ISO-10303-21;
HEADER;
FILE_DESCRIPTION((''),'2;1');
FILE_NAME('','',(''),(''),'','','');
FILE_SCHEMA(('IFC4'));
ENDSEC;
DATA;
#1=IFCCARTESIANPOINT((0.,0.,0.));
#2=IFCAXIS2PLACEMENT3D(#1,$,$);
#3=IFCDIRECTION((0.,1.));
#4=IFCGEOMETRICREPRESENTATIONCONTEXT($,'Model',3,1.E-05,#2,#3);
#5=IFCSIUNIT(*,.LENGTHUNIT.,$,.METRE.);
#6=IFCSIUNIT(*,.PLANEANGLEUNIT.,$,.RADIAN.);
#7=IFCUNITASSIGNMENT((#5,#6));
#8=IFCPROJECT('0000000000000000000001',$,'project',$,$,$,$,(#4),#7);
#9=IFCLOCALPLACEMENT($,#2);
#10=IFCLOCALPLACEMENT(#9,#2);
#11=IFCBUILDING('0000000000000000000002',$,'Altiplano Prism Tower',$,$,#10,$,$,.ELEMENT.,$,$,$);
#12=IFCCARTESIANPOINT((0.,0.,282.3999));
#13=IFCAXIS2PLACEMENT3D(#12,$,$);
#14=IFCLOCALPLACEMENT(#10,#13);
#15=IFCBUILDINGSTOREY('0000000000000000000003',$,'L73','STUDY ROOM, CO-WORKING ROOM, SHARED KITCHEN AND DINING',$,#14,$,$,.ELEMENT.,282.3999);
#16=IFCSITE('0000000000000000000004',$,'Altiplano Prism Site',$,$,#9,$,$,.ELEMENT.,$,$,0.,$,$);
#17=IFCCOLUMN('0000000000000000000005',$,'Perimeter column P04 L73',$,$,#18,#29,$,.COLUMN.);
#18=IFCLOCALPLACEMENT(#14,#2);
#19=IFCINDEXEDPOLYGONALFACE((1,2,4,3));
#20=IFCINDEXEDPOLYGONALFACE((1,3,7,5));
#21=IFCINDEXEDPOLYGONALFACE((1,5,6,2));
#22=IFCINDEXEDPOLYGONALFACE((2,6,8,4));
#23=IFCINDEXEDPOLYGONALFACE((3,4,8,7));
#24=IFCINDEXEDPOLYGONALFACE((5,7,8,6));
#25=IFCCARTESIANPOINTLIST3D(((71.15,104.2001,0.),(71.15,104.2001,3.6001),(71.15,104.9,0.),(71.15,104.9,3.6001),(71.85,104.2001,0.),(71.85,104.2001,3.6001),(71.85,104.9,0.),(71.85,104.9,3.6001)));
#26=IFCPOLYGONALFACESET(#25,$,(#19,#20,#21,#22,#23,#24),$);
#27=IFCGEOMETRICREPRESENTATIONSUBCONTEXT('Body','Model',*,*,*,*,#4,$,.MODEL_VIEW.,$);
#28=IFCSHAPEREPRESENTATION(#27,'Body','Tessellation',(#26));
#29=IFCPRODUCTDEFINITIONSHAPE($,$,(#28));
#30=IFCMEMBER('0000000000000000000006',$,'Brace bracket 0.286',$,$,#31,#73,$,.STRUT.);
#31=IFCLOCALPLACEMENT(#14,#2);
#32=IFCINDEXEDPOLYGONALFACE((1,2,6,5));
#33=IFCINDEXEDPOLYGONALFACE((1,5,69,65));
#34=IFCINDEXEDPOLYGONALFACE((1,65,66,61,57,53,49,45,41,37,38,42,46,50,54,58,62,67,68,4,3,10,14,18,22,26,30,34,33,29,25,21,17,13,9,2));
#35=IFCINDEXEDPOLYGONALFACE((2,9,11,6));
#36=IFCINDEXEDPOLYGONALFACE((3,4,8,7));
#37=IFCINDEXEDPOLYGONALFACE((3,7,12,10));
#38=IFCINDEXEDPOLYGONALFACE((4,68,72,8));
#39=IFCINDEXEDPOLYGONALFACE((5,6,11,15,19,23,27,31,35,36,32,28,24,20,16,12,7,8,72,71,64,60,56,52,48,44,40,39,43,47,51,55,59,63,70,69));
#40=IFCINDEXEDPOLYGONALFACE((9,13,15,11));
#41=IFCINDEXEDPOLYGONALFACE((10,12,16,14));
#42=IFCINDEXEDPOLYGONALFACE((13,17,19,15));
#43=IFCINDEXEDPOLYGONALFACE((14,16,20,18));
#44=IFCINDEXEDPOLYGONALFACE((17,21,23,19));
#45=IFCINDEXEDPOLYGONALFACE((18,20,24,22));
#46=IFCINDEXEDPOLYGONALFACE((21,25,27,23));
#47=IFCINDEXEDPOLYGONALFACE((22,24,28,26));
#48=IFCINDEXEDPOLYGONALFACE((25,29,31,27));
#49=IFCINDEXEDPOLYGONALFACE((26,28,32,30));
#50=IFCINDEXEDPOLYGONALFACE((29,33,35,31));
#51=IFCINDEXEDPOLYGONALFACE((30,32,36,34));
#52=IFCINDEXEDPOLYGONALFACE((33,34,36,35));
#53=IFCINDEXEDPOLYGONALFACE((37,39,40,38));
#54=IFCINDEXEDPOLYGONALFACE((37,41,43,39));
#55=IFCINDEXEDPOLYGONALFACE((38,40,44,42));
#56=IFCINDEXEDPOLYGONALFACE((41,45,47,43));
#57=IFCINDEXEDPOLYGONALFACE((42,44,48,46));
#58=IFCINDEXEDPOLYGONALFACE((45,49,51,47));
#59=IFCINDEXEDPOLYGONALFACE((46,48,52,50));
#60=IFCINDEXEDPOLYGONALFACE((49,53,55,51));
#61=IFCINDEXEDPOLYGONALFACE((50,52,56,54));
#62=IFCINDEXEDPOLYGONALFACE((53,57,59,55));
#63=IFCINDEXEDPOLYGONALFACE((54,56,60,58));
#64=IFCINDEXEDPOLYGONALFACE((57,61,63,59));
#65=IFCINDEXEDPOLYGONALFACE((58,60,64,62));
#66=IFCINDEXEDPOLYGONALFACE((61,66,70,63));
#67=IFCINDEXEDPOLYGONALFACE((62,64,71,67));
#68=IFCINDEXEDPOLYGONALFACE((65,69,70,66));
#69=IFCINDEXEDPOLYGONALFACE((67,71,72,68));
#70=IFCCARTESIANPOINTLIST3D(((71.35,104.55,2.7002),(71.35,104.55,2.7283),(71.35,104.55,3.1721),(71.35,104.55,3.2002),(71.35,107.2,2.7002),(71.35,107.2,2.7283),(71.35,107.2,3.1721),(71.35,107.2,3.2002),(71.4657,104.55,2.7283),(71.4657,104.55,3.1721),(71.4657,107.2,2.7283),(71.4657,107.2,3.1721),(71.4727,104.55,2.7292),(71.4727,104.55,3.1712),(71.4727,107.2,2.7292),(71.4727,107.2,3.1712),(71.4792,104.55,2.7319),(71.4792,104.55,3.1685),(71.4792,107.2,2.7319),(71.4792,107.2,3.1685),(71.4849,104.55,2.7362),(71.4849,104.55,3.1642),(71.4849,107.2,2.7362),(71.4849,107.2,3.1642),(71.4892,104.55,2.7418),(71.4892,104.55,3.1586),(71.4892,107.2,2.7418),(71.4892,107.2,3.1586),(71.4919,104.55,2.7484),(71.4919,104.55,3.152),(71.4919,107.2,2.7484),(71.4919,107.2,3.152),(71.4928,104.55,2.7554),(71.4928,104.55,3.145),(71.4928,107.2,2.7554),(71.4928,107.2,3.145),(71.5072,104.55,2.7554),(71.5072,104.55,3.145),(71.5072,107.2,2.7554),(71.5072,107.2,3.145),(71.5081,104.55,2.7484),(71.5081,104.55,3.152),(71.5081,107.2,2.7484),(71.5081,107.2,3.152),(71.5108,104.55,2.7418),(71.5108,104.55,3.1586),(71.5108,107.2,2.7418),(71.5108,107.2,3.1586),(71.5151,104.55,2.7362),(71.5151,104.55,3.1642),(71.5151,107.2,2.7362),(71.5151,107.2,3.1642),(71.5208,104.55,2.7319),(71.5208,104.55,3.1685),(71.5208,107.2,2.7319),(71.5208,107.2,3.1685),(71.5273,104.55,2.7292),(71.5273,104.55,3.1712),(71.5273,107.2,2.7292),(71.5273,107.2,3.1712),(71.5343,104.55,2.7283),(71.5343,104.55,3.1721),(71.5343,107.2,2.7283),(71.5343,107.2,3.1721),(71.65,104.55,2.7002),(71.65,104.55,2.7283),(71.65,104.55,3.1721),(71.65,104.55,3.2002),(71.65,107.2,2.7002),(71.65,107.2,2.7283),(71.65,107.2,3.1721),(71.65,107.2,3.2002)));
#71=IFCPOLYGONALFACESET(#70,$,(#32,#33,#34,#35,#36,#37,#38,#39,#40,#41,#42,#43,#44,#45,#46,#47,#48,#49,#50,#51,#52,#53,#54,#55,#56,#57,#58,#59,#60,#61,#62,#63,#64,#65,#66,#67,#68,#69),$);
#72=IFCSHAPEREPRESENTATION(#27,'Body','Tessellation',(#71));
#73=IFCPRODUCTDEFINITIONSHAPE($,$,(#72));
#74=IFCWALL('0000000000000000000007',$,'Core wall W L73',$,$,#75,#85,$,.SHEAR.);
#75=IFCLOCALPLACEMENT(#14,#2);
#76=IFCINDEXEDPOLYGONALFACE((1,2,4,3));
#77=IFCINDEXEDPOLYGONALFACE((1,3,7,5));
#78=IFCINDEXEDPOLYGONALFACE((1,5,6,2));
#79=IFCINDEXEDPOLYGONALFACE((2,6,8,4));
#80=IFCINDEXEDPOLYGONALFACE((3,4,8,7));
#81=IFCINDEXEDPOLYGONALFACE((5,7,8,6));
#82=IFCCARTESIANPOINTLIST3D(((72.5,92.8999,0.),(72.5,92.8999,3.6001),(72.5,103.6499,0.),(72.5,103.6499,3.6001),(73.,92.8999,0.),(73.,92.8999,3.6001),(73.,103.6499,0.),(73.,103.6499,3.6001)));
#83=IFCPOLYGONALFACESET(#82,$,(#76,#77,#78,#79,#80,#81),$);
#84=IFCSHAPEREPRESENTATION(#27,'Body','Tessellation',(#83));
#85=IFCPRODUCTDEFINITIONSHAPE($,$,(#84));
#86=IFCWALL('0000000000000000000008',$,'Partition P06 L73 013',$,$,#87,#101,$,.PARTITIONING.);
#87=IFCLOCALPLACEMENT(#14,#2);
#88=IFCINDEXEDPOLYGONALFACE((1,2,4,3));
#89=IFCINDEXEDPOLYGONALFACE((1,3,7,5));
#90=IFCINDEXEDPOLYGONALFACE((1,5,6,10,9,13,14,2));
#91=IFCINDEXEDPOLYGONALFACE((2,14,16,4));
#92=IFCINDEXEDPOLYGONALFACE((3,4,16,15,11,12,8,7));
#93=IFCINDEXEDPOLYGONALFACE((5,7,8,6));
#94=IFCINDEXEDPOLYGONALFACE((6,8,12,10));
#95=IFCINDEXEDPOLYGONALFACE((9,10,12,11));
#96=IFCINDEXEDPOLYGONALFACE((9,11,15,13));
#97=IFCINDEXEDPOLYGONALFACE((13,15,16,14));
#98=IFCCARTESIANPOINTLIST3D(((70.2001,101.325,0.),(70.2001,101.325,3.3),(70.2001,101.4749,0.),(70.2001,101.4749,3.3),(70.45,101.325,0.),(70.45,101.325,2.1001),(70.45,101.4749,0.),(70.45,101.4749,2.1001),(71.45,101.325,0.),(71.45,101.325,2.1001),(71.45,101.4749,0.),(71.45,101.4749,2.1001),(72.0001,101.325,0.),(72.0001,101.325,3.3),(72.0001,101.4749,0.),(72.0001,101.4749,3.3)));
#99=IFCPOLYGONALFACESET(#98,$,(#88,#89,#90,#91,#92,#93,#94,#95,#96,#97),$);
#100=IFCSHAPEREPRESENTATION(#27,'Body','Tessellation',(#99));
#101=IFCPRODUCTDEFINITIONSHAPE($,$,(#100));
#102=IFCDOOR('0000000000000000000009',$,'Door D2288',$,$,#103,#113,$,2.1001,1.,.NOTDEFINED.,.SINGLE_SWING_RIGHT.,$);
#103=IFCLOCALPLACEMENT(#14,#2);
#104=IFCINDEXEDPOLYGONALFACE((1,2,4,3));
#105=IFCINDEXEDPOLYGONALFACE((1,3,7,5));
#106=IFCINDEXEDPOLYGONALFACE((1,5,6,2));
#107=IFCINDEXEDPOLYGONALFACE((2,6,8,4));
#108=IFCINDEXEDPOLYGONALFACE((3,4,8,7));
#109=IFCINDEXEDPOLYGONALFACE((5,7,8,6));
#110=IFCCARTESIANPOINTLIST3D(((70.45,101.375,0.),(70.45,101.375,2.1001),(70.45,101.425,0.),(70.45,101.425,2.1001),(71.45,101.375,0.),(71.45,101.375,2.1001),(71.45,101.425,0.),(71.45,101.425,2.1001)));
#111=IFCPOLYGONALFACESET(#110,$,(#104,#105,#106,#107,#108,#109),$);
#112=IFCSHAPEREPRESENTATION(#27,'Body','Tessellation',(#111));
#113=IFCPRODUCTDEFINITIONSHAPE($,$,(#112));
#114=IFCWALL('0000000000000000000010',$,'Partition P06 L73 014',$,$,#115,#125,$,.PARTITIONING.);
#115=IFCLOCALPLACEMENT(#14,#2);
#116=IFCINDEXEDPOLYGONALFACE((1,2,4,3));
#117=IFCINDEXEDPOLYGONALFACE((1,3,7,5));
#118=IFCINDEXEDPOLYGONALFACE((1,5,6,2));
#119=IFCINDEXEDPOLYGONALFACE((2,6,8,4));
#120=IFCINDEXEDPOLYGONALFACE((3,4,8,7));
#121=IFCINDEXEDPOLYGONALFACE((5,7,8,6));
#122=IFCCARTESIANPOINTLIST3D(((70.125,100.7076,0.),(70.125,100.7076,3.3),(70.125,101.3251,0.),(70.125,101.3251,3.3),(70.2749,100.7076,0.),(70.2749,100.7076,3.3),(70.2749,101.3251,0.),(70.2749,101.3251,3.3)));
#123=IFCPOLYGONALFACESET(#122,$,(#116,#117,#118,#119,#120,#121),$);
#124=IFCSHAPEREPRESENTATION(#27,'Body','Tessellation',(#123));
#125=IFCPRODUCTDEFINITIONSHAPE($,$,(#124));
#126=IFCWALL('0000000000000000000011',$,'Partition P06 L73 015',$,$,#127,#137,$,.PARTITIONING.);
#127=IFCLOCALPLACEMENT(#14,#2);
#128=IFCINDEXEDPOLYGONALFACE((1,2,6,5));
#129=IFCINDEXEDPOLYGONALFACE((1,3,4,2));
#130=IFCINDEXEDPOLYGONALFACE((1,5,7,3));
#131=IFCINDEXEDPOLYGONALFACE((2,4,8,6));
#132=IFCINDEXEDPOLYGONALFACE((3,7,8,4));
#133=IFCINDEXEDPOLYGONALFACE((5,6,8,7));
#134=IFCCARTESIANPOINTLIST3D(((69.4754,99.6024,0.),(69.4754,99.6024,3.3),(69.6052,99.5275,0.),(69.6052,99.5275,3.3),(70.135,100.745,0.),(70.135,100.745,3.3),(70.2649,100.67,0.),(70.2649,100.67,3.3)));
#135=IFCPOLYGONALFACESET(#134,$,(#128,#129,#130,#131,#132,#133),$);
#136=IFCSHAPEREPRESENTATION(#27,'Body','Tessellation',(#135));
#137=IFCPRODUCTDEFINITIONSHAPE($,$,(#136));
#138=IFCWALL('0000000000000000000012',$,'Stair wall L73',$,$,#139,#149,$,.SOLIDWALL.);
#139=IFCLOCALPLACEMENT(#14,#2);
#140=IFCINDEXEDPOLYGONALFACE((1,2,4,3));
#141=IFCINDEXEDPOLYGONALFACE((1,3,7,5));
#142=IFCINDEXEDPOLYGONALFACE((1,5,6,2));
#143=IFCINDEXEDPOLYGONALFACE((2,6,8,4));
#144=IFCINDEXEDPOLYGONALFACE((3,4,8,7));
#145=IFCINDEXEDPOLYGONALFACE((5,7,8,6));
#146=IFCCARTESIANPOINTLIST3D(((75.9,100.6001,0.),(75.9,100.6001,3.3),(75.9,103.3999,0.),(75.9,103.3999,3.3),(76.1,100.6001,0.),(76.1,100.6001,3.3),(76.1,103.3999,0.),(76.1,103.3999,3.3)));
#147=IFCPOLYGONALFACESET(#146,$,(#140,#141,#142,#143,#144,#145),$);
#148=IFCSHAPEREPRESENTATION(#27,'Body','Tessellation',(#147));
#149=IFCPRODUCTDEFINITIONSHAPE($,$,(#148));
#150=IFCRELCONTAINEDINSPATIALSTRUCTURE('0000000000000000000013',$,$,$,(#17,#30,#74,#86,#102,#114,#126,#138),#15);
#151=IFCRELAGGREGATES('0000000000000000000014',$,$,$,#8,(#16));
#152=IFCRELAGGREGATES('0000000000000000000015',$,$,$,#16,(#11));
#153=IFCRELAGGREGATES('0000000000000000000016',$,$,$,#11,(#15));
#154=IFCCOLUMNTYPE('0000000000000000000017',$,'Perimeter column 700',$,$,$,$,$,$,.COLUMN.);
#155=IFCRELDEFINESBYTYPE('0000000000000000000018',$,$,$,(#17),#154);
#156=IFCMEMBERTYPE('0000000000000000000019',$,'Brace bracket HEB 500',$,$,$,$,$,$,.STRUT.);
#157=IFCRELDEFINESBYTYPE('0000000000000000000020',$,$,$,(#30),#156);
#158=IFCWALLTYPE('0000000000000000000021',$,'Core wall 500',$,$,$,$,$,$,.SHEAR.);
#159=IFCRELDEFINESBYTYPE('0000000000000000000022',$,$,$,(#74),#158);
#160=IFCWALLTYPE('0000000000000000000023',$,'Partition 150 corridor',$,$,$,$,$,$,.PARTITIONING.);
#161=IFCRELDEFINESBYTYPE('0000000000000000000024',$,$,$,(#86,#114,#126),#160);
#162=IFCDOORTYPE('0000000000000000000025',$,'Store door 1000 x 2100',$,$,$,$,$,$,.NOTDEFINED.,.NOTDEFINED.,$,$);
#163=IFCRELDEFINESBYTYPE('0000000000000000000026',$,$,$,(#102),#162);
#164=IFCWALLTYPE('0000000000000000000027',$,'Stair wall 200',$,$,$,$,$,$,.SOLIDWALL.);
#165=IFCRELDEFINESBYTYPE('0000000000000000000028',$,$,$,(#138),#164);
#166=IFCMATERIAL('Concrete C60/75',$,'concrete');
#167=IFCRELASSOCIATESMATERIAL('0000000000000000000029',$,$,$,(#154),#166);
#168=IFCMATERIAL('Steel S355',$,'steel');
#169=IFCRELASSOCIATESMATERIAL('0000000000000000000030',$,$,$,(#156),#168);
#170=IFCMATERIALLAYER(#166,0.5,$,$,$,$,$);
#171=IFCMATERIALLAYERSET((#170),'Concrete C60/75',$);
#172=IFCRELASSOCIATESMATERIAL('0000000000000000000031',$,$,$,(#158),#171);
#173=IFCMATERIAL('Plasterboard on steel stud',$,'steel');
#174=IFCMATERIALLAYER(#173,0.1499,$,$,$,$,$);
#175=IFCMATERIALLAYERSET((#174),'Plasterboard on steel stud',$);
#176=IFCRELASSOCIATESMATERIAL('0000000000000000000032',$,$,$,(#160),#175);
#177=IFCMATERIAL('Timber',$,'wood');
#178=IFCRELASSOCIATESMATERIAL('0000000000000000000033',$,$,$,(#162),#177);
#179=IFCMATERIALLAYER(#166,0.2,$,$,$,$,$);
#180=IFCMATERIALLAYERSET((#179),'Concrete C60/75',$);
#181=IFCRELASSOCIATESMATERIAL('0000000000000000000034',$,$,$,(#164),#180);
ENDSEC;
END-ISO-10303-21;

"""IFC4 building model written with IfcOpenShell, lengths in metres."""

from ifc_helpers import new_model, si_unit, direction, frame, frame_2d, origin, origin_2d, place, context, subcontext, project, spatial, rectangle, i_section, extrude, material, layer, layer_set, material_profile, profile_set, type_object, element, fill, save


model = new_model("IFC4")

# Units and contexts
model_context = context("Model", 3, precision=1e-05, world=origin(), true_north=direction((0.0, 1.0)))
body_context = subcontext(model_context, "Body", "Model", "MODEL_VIEW")
ifc_project = project(units=[si_unit("LENGTHUNIT", "METRE"), si_unit("PLANEANGLEUNIT", "RADIAN")], contexts=[model_context])

# Site, building, storey
site_placement = place(None, origin())
site = spatial("IfcSite", under=ifc_project, at=site_placement, Name="Altiplano Prism Site", CompositionType="ELEMENT", RefElevation=0.0)
building_placement = place(site_placement, origin())
building = spatial("IfcBuilding", under=site, at=building_placement, Name="Altiplano Prism Tower", CompositionType="ELEMENT")
storey_placement = place(building_placement, frame((0.0, 0.0, 282.3999)))
storey = spatial("IfcBuildingStorey", under=building, at=storey_placement, Name="L73", Description="STUDY ROOM, CO-WORKING ROOM, SHARED KITCHEN AND DINING", CompositionType="ELEMENT", Elevation=282.3999)

# Column
ifc_material_1 = material(Name="Concrete C60/75", Category="concrete")
ifc_material_profile_1 = material_profile(ifc_material_1, rectangle(XDim=0.7, YDim=0.7, at=origin_2d()), Name="Perimeter column 700")
ifc_profile_set_1 = profile_set([ifc_material_profile_1], Name="Concrete C60/75")
column_type = type_object("IfcColumnType", Name="Perimeter column 700", PredefinedType="COLUMN", material=ifc_profile_set_1)
column_placement = place(storey_placement, frame((71.5, 104.55, 0.0), z_axis=(0.0, 0.0, 1.0), x_axis=(1.0, 0.0, 0.0)))
element("IfcColumn", 1, at=column_placement, inside=storey, type_object=column_type, Name="Perimeter column P04 L73", PredefinedType="COLUMN", context=body_context, shape_type="SweptSolid", body=[
    extrude(rectangle(XDim=0.7, YDim=0.7, at=origin_2d()), origin(), (0.0, 0.0, 1.0), 3.6001),
])

# Member
ifc_material_2 = material(Name="Steel S355", Category="steel")
ifc_material_profile_2 = material_profile(ifc_material_2, i_section(OverallWidth=0.3, OverallDepth=0.5, WebThickness=0.0144, FlangeThickness=0.0281, FilletRadius=0.0271, at=origin_2d()), Name="Brace bracket HEB 500")
ifc_profile_set_2 = profile_set([ifc_material_profile_2], Name="Steel S355")
member_type = type_object("IfcMemberType", Name="Brace bracket HEB 500", PredefinedType="STRUT", material=ifc_profile_set_2)
member_placement = place(storey_placement, frame((71.5, 104.55, 2.9502), z_axis=(0.0, 1.0, 0.0), x_axis=(-1.0, 0.0, 0.0)))
element("IfcMember", 2, at=member_placement, inside=storey, type_object=member_type, Name="Brace bracket 0.286", PredefinedType="STRUT", context=body_context, shape_type="SweptSolid", body=[
    extrude(i_section(OverallWidth=0.3, OverallDepth=0.5, WebThickness=0.0144, FlangeThickness=0.0281, FilletRadius=0.0271, at=origin_2d()), origin(), (0.0, 0.0, 1.0), 2.6499),
])

# Wall
ifc_layer_1 = layer(ifc_material_1, 0.5)
ifc_layer_set_1 = layer_set([ifc_layer_1], Name="Concrete C60/75")
wall_type_1 = type_object("IfcWallType", Name="Core wall 500", PredefinedType="SHEAR", material=ifc_layer_set_1)
wall_1_placement = place(storey_placement, frame((72.75, 103.6499, 0.0), z_axis=(0.0, 0.0, 1.0), x_axis=(0.0, -1.0, 0.0)))
element("IfcWall", 3, at=wall_1_placement, inside=storey, type_object=wall_type_1, Name="Core wall W L73", PredefinedType="SHEAR", context=body_context, shape_type="SweptSolid", body=[
    extrude(rectangle(XDim=10.75, YDim=0.5, at=frame_2d((5.375, 0.0))), origin(), (0.0, 0.0, 1.0), 3.6001),
])

# Wall, opening, door
ifc_material_3 = material(Name="Plasterboard on steel stud", Category="steel")
ifc_layer_2 = layer(ifc_material_3, 0.1499)
ifc_layer_set_2 = layer_set([ifc_layer_2], Name="Plasterboard on steel stud")
wall_type_2 = type_object("IfcWallType", Name="Partition 150 corridor", PredefinedType="PARTITIONING", material=ifc_layer_set_2)
wall_2_placement = place(storey_placement, frame((72.0, 101.3999, 0.0), z_axis=(0.0, 0.0, 1.0), x_axis=(-1.0, 0.0, 0.0)))
wall_2 = element("IfcWall", 4, at=wall_2_placement, inside=storey, type_object=wall_type_2, Name="Partition P06 L73 013", PredefinedType="PARTITIONING", context=body_context, shape_type="SweptSolid", body=[
    extrude(rectangle(XDim=1.8, YDim=0.1499, at=frame_2d((0.8999, 0.0))), origin(), (0.0, 0.0, 1.0), 3.3),
])
opening_1_placement = place(wall_2_placement, frame((0.55, 0.0, 0.0)))
opening_1 = element("IfcOpeningElement", 5, at=opening_1_placement, cuts=wall_2, PredefinedType="OPENING", context=body_context, shape_type="SweptSolid", body=[
    extrude(rectangle(XDim=1.0, YDim=2.1001, at=frame_2d((0.5, 1.05))), frame((0.0, 0.0854, 0.0), z_axis=(0.0, -1.0, 0.0), x_axis=(1.0, 0.0, 0.0)), (0.0, 0.0, 1.0), 0.1709),
])
ifc_material_4 = material(Name="Timber", Category="wood")
door_type_1 = type_object("IfcDoorType", Name="Store door 1000 x 2100", OperationType="NOTDEFINED", PredefinedType="NOTDEFINED", material=ifc_material_4)
door_1_placement = place(opening_1_placement, origin())
door_1 = element("IfcDoor", 6, at=door_1_placement, inside=storey, type_object=door_type_1, Name="Door D2288", OperationType="SINGLE_SWING_RIGHT", OverallHeight=2.1001, OverallWidth=1.0, PredefinedType="NOTDEFINED", context=body_context, shape_type="SweptSolid", body=[
    extrude(rectangle(XDim=1.0, YDim=2.1001, at=frame_2d((0.5, 1.05))), frame((0.0, 0.0249, 0.0), z_axis=(0.0, -1.0, 0.0), x_axis=(1.0, 0.0, 0.0)), (0.0, 0.0, 1.0), 0.05),
])
fill(opening_1, door_1)

# Walls
wall_3_placement = place(storey_placement, frame((70.2, 101.325, 0.0), z_axis=(0.0, 0.0, 1.0), x_axis=(0.0, -1.0, 0.0)))
element("IfcWall", 7, at=wall_3_placement, inside=storey, type_object=wall_type_2, Name="Partition P06 L73 014", PredefinedType="PARTITIONING", context=body_context, shape_type="SweptSolid", body=[
    extrude(rectangle(XDim=0.6174, YDim=0.1499, at=frame_2d((0.3086, 0.0))), origin(), (0.0, 0.0, 1.0), 3.3),
])
wall_4_placement = place(storey_placement, frame((70.2, 100.7075, 0.0), z_axis=(0.0, 0.0, 1.0), x_axis=(-0.5, -0.866025, 0.0)))
element("IfcWall", 8, at=wall_4_placement, inside=storey, type_object=wall_type_2, Name="Partition P06 L73 015", PredefinedType="PARTITIONING", context=body_context, shape_type="SweptSolid", body=[
    extrude(rectangle(XDim=1.3193, YDim=0.1499, at=frame_2d((0.6597, 0.0))), origin(), (0.0, 0.0, 1.0), 3.3),
])

# Shared definitions
ifc_layer_3 = layer(ifc_material_1, 0.2)
ifc_layer_set_3 = layer_set([ifc_layer_3], Name="Concrete C60/75")
wall_type_3 = type_object("IfcWallType", Name="Stair wall 200", PredefinedType="SOLIDWALL", material=ifc_layer_set_3)

# Wall
wall_5_placement = place(storey_placement, frame((76.0, 100.6001, 0.0), z_axis=(0.0, 0.0, 1.0), x_axis=(0.0, 1.0, 0.0)))
element("IfcWall", 9, at=wall_5_placement, inside=storey, type_object=wall_type_3, Name="Stair wall L73", PredefinedType="SOLIDWALL", context=body_context, shape_type="SweptSolid", body=[
    extrude(rectangle(XDim=2.7998, YDim=0.2, at=frame_2d((1.3999, 0.0))), origin(), (0.0, 0.0, 1.0), 3.3),
])

save(model, "model.ifc")
